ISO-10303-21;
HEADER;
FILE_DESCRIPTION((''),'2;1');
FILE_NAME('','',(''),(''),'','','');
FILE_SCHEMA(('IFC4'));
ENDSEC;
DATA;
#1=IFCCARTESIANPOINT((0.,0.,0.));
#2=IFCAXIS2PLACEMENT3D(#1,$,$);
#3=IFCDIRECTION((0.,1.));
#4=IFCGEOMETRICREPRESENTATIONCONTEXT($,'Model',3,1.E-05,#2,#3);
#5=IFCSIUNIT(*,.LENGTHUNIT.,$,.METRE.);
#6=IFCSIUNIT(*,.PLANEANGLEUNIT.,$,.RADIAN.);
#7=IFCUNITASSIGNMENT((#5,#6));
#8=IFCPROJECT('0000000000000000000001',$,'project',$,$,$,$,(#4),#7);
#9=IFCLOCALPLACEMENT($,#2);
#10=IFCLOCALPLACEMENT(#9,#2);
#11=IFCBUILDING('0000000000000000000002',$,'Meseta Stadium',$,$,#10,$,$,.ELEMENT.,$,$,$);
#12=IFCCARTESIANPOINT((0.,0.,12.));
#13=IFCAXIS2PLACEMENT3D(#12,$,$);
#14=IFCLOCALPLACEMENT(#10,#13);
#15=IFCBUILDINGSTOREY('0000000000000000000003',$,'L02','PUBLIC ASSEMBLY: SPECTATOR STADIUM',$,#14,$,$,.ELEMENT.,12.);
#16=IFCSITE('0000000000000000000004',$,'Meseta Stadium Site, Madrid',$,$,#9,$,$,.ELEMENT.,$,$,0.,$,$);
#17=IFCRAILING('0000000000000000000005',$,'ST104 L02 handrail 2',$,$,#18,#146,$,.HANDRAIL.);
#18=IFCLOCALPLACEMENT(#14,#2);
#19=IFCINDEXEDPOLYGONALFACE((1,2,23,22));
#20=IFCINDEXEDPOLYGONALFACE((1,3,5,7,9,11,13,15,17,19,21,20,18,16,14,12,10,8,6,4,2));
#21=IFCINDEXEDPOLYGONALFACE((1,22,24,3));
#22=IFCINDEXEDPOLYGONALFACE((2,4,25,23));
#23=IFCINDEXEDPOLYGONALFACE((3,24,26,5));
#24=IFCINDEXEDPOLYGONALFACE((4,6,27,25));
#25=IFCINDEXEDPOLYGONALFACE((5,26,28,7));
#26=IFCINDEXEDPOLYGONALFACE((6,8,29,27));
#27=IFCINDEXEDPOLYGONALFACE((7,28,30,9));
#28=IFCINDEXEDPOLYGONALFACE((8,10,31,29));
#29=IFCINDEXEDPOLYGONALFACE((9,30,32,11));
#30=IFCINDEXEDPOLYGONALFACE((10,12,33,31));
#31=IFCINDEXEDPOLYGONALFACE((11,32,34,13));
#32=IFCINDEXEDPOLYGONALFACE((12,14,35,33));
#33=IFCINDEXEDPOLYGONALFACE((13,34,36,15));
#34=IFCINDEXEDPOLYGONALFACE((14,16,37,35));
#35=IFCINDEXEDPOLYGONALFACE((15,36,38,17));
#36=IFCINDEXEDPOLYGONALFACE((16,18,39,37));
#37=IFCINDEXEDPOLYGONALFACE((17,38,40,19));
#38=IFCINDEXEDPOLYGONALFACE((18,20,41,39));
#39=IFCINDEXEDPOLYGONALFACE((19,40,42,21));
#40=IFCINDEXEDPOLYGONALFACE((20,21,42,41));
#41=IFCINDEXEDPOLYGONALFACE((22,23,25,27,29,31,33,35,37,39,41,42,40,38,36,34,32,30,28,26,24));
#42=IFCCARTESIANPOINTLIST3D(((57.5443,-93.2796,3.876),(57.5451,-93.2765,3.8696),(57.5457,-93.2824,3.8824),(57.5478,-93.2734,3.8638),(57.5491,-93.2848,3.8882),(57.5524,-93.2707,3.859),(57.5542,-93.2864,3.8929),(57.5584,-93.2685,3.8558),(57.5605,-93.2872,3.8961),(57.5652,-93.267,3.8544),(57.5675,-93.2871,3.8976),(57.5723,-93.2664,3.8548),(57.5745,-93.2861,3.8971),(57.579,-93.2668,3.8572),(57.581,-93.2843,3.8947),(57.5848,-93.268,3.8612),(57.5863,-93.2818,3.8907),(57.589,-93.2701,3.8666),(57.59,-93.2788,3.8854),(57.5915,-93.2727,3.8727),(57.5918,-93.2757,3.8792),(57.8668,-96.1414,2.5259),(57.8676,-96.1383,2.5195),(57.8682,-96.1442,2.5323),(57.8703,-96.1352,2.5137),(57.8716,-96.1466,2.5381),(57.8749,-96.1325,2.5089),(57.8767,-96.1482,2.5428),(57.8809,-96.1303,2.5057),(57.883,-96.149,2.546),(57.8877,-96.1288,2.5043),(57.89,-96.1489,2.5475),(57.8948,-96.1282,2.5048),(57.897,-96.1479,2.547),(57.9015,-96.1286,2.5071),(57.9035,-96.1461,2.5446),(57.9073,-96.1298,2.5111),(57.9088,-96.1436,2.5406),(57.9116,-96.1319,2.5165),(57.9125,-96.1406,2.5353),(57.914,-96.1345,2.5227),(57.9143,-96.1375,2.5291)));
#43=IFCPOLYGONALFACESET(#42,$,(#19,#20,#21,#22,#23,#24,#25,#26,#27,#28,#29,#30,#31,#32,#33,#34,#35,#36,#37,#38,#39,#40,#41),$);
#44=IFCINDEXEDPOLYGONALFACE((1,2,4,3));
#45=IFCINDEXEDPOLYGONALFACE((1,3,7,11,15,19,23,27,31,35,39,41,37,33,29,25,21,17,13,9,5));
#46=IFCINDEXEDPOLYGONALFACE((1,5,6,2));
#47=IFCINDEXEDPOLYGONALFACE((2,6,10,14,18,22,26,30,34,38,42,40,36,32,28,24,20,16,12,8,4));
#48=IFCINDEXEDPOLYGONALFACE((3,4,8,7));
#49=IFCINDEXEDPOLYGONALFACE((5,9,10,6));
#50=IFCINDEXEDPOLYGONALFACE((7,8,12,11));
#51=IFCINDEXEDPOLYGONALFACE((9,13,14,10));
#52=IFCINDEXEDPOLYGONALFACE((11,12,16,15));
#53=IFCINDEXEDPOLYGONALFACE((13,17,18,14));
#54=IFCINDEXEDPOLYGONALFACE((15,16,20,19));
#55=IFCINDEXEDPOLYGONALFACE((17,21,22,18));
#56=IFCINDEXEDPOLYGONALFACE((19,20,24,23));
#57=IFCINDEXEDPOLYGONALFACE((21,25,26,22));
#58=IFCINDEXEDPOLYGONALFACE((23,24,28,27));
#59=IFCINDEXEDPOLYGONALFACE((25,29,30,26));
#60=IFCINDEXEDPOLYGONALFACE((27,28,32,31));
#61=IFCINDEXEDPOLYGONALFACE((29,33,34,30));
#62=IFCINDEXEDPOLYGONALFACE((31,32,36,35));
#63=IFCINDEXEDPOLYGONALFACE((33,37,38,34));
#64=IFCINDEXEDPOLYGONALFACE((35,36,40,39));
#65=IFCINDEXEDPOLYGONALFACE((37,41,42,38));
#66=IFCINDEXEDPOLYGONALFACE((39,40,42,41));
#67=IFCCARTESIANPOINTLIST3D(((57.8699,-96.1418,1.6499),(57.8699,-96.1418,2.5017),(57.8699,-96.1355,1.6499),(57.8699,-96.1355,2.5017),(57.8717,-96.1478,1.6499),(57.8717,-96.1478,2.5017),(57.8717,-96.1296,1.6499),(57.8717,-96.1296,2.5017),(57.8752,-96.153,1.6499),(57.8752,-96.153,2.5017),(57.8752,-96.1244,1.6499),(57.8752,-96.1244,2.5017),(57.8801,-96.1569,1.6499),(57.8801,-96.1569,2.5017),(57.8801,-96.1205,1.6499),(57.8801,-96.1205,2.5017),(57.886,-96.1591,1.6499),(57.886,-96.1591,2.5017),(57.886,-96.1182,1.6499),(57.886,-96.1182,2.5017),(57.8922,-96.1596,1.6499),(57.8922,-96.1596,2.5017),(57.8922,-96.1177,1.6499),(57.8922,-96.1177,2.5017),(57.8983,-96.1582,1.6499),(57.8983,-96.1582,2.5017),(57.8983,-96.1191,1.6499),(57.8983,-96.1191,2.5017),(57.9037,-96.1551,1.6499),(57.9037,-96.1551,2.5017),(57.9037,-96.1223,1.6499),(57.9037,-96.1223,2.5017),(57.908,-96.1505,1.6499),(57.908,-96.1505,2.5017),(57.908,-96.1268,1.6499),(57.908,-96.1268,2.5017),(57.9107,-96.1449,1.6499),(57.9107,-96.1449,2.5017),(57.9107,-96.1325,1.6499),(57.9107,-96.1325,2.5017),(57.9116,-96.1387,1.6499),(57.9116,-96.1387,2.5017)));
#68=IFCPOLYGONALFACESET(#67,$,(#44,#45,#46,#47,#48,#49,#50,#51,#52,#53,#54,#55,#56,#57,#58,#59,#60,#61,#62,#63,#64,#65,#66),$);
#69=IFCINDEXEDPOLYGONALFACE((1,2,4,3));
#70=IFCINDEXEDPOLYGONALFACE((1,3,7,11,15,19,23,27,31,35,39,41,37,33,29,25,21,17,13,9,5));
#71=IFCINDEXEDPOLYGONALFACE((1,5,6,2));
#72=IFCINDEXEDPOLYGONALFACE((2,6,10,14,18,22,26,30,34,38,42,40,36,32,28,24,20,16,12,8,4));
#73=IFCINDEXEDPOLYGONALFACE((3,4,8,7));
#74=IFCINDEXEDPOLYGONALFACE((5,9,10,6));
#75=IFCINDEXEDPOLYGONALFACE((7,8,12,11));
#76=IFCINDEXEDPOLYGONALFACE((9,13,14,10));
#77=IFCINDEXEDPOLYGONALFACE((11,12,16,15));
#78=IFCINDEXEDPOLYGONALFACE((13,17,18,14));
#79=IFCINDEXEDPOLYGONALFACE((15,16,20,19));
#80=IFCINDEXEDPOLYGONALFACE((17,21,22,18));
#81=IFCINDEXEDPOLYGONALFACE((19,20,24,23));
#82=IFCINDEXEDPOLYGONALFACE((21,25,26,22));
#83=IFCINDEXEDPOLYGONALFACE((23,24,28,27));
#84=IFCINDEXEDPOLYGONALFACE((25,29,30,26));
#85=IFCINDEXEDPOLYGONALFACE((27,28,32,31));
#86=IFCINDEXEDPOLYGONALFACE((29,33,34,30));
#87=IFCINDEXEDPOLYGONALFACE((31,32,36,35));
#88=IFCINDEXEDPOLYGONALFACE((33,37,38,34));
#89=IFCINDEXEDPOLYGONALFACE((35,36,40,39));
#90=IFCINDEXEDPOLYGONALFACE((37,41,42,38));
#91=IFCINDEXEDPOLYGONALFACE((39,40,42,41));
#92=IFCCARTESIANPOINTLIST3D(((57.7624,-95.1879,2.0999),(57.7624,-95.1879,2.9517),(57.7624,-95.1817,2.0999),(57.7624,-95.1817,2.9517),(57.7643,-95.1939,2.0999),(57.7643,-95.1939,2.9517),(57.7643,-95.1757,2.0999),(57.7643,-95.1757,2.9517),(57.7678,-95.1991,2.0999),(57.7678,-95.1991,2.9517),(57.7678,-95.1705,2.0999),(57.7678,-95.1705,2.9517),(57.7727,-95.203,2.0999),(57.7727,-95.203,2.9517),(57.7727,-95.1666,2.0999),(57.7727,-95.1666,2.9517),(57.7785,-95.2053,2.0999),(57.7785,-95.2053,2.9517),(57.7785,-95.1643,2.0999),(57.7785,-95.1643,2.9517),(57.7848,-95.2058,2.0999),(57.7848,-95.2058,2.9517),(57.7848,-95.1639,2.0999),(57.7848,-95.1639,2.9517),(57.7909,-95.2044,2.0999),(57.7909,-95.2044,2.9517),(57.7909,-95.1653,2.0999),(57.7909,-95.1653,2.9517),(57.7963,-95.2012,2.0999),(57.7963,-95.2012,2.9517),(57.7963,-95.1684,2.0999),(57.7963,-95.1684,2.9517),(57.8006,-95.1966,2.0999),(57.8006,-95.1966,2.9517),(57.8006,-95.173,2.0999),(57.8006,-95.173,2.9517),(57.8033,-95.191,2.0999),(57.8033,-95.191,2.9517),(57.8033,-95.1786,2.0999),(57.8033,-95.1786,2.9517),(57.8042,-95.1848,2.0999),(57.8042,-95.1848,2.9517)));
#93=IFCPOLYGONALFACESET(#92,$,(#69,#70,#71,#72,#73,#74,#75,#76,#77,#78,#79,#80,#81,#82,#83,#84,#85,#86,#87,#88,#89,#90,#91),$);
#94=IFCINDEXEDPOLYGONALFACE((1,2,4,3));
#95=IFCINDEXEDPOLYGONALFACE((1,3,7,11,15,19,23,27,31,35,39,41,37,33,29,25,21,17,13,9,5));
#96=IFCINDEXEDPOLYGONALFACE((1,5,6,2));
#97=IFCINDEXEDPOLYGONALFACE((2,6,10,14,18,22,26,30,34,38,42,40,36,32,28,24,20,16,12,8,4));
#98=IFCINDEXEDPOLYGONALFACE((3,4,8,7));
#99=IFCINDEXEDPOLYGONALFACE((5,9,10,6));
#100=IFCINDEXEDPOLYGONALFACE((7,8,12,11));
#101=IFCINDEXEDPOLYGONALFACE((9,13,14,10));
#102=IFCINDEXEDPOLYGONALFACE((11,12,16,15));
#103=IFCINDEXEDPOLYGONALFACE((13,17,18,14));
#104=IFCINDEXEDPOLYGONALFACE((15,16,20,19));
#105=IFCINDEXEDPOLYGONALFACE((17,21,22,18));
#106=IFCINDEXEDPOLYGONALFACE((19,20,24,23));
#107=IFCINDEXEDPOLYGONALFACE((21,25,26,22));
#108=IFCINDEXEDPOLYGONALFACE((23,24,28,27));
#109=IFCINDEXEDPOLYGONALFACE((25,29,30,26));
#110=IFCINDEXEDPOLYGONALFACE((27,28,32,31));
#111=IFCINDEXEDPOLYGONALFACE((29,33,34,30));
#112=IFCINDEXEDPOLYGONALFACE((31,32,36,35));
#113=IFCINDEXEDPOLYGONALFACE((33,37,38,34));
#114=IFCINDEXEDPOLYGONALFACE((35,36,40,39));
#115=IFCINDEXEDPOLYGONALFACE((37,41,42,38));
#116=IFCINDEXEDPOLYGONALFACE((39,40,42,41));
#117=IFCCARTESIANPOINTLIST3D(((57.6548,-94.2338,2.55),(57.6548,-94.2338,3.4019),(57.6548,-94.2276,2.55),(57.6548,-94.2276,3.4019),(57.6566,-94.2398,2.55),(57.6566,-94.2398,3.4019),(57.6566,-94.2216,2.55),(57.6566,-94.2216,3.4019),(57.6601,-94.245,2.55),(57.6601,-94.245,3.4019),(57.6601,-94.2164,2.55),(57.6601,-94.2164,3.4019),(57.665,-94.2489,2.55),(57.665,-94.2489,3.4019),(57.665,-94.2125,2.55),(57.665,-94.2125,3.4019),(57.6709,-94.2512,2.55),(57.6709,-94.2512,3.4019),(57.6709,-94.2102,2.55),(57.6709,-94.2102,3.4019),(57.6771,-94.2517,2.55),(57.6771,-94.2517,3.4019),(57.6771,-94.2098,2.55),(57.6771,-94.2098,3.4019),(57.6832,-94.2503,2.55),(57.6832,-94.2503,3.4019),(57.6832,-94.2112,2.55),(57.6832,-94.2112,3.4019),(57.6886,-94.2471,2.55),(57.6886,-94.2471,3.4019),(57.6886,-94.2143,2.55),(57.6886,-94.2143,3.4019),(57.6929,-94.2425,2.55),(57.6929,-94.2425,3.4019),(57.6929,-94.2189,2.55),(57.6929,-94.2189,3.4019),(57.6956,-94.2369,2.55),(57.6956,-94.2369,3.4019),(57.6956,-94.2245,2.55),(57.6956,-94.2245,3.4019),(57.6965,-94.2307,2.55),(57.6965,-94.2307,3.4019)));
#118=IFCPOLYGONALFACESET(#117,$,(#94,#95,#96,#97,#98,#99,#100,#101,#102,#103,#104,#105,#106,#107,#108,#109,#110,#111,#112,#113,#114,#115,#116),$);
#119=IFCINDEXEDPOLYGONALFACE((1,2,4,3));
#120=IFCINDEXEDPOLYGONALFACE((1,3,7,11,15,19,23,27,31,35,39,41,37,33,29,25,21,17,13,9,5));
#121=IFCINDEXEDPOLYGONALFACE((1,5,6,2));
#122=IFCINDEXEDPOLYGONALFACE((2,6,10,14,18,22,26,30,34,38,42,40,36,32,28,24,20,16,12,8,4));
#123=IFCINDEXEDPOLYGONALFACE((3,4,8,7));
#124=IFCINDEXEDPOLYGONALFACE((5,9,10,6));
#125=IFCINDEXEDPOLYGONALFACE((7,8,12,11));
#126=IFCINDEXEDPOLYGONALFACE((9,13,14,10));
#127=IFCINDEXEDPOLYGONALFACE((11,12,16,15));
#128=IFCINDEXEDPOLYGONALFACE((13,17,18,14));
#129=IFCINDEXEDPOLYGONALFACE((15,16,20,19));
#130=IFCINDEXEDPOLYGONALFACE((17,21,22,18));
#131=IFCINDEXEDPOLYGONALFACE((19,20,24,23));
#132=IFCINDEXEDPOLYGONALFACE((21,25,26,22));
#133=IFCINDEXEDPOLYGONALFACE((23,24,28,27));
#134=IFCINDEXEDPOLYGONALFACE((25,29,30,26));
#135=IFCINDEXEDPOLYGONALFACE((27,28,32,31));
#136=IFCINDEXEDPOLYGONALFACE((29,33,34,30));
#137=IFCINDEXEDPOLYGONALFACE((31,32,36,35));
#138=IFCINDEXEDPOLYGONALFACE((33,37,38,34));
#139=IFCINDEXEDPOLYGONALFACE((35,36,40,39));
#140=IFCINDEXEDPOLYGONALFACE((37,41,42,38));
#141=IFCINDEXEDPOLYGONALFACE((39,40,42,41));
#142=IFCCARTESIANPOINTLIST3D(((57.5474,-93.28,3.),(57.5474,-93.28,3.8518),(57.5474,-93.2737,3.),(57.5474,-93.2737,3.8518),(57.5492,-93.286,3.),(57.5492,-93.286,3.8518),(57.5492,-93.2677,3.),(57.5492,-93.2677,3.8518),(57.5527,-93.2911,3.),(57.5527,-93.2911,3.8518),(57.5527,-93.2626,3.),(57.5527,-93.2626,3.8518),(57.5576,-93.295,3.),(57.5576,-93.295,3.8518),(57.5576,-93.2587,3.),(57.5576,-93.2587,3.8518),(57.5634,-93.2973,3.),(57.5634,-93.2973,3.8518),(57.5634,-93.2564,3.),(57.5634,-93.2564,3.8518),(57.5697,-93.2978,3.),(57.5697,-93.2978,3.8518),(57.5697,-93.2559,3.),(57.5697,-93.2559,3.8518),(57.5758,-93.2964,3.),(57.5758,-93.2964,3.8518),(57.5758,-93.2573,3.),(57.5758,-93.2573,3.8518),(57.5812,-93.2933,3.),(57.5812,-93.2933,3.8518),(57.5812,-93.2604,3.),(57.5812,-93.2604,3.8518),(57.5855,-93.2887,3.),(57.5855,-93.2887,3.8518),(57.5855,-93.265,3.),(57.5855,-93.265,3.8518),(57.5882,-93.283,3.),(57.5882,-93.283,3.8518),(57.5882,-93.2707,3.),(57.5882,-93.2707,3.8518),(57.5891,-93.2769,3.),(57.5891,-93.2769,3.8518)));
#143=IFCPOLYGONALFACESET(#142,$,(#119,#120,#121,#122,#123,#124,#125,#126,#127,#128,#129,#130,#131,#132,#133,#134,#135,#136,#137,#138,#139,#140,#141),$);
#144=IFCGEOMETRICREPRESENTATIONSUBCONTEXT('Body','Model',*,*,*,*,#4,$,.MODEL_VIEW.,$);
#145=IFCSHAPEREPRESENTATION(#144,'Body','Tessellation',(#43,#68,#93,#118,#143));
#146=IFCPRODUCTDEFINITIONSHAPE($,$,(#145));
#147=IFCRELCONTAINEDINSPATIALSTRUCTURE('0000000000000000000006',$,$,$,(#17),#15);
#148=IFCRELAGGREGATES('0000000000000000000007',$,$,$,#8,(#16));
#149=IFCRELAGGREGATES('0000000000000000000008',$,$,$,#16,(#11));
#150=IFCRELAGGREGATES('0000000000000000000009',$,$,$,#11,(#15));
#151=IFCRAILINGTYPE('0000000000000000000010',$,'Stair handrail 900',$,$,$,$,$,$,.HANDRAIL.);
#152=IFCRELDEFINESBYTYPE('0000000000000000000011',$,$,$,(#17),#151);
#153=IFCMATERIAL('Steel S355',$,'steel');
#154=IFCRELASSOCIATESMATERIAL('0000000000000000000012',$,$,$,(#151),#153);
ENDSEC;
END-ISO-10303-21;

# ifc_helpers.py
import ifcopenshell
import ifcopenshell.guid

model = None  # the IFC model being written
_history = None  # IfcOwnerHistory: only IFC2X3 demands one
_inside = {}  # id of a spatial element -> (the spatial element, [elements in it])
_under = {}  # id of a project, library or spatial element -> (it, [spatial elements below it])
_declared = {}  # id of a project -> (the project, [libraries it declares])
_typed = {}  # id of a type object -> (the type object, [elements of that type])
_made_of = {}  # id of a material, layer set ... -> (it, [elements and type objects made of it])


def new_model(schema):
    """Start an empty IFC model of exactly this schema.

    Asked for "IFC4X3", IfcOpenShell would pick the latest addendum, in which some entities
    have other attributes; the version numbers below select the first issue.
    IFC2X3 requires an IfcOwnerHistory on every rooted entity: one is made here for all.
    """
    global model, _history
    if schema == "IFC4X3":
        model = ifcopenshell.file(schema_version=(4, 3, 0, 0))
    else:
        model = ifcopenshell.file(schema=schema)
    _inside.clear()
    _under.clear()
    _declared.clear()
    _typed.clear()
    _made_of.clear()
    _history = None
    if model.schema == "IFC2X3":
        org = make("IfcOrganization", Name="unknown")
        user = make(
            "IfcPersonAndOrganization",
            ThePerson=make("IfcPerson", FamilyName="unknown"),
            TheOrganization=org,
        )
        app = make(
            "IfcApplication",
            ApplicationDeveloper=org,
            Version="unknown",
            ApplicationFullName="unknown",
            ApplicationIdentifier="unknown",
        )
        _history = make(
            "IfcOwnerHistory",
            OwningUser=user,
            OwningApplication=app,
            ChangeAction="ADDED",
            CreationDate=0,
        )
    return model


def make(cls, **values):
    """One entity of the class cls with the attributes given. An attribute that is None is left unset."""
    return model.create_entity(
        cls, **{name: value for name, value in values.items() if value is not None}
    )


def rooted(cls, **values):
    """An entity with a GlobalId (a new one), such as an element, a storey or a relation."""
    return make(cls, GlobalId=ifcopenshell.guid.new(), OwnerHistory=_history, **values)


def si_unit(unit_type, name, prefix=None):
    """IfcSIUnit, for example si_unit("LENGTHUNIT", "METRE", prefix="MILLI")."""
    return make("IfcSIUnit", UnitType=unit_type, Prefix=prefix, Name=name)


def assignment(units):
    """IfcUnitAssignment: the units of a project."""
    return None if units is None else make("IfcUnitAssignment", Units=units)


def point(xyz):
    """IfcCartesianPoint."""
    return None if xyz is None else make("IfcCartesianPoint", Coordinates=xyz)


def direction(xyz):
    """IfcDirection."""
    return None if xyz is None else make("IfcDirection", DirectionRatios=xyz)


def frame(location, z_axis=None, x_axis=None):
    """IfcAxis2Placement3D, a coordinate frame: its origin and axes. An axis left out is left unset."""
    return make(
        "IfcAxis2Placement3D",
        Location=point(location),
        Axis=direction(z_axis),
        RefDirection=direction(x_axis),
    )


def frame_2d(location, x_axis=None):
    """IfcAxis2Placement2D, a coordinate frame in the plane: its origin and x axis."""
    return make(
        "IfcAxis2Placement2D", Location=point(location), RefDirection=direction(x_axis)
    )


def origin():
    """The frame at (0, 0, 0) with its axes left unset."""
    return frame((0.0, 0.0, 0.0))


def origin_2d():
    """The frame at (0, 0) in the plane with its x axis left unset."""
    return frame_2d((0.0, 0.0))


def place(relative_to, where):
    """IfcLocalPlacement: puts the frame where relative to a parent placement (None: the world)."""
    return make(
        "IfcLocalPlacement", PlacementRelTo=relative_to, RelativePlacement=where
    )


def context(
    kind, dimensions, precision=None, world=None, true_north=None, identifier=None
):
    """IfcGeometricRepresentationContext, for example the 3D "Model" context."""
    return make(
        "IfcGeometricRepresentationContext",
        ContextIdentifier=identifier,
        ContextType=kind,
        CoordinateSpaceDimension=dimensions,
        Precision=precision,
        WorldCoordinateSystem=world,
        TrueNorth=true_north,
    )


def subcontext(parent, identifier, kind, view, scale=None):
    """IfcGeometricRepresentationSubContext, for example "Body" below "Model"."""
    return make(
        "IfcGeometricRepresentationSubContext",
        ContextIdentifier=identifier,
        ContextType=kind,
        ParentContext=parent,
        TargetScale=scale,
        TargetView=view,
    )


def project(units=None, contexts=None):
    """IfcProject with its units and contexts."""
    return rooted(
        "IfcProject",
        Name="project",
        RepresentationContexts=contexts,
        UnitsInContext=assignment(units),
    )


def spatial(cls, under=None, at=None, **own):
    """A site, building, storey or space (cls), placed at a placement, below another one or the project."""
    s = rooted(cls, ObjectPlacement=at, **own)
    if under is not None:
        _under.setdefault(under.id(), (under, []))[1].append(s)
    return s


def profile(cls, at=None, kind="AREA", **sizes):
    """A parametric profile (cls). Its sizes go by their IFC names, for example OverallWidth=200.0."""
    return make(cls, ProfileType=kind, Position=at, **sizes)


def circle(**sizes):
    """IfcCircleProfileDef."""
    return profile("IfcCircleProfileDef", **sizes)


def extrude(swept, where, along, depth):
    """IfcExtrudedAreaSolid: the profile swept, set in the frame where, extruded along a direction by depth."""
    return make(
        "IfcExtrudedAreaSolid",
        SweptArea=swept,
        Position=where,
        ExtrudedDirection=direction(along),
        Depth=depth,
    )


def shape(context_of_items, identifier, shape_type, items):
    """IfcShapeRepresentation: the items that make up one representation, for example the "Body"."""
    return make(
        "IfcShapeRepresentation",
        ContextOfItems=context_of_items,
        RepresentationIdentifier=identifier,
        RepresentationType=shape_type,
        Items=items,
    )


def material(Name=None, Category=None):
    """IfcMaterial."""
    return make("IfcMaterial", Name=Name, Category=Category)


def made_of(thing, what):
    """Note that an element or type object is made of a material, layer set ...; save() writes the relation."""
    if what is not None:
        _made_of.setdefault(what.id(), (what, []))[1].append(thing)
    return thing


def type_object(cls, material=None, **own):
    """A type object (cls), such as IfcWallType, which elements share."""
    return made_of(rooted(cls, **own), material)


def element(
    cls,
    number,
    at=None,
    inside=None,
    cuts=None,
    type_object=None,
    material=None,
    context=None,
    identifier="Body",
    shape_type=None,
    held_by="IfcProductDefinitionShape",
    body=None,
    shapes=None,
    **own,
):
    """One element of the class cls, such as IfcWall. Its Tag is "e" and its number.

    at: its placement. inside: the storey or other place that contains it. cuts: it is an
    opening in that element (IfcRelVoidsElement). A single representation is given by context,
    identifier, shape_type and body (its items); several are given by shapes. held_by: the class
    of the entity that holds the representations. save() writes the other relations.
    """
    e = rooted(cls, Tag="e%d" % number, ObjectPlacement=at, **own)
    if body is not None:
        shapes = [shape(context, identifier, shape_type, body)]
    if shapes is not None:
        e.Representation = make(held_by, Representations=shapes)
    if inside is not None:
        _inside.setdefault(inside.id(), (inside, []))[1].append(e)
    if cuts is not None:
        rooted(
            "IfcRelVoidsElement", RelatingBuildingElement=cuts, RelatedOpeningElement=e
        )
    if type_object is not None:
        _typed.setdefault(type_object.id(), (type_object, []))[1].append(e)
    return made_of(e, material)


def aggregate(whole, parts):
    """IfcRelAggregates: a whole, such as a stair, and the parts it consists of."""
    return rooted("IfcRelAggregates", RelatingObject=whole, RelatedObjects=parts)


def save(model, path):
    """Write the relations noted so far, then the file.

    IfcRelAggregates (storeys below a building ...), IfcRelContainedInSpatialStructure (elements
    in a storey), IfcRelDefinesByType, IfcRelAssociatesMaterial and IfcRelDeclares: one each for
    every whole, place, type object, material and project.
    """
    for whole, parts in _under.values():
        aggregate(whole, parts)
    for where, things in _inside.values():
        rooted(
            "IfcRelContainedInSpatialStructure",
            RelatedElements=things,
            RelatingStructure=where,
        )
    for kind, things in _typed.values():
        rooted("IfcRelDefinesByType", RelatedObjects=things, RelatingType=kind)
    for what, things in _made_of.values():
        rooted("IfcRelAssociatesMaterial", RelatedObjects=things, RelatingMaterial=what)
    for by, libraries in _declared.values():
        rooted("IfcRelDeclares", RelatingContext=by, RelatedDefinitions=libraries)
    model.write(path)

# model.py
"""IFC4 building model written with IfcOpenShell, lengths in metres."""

from ifc_helpers import new_model, si_unit, direction, frame, origin, origin_2d, place, context, subcontext, project, spatial, circle, extrude, material, type_object, element, save


model = new_model("IFC4")

# Units and contexts
model_context = context("Model", 3, precision=1e-05, world=origin(), true_north=direction((0.0, 1.0)))
body_context = subcontext(model_context, "Body", "Model", "MODEL_VIEW")
ifc_project = project(units=[si_unit("LENGTHUNIT", "METRE"), si_unit("PLANEANGLEUNIT", "RADIAN")], contexts=[model_context])

# Site, building, storey
site_placement = place(None, origin())
site = spatial("IfcSite", under=ifc_project, at=site_placement, Name="Meseta Stadium Site, Madrid", CompositionType="ELEMENT", RefElevation=0.0)
building_placement = place(site_placement, origin())
building = spatial("IfcBuilding", under=site, at=building_placement, Name="Meseta Stadium", CompositionType="ELEMENT")
storey_placement = place(building_placement, frame((0.0, 0.0, 12.0)))
storey = spatial("IfcBuildingStorey", under=building, at=storey_placement, Name="L02", Description="PUBLIC ASSEMBLY: SPECTATOR STADIUM", CompositionType="ELEMENT", Elevation=12.0)

# Railing
ifc_material_1 = material(Name="Steel S355", Category="steel")
railing_type_1 = type_object("IfcRailingType", Name="Stair handrail 900", PredefinedType="HANDRAIL", material=ifc_material_1)
railing_1_placement = place(storey_placement, frame((57.8906, -96.1387, 1.6499)))
element("IfcRailing", 1, at=railing_1_placement, inside=storey, type_object=railing_type_1, Name="ST104 L02 handrail 2", PredefinedType="HANDRAIL", context=body_context, shape_type="SweptSolid", body=[
    extrude(circle(Radius=0.0239, at=origin_2d()), frame((0.0, 0.0, 0.876), z_axis=(-0.101396, 0.899748, 0.424467), x_axis=(-0.99371, -0.111985, 0.0)), (0.0, 0.0, 1.0), 3.1807),
    extrude(circle(Radius=0.021, at=origin_2d()), origin(), (0.0, 0.0, 1.0), 0.8518),
    extrude(circle(Radius=0.021, at=origin_2d()), frame((-0.1074, 0.9539, 0.45)), (0.0, 0.0, 1.0), 0.8518),
    extrude(circle(Radius=0.021, at=origin_2d()), frame((-0.2151, 1.908, 0.9001)), (0.0, 0.0, 1.0), 0.8518),
    extrude(circle(Radius=0.021, at=origin_2d()), frame((-0.3225, 2.8618, 1.3501)), (0.0, 0.0, 1.0), 0.8518),
])

save(model, "model.ifc")
